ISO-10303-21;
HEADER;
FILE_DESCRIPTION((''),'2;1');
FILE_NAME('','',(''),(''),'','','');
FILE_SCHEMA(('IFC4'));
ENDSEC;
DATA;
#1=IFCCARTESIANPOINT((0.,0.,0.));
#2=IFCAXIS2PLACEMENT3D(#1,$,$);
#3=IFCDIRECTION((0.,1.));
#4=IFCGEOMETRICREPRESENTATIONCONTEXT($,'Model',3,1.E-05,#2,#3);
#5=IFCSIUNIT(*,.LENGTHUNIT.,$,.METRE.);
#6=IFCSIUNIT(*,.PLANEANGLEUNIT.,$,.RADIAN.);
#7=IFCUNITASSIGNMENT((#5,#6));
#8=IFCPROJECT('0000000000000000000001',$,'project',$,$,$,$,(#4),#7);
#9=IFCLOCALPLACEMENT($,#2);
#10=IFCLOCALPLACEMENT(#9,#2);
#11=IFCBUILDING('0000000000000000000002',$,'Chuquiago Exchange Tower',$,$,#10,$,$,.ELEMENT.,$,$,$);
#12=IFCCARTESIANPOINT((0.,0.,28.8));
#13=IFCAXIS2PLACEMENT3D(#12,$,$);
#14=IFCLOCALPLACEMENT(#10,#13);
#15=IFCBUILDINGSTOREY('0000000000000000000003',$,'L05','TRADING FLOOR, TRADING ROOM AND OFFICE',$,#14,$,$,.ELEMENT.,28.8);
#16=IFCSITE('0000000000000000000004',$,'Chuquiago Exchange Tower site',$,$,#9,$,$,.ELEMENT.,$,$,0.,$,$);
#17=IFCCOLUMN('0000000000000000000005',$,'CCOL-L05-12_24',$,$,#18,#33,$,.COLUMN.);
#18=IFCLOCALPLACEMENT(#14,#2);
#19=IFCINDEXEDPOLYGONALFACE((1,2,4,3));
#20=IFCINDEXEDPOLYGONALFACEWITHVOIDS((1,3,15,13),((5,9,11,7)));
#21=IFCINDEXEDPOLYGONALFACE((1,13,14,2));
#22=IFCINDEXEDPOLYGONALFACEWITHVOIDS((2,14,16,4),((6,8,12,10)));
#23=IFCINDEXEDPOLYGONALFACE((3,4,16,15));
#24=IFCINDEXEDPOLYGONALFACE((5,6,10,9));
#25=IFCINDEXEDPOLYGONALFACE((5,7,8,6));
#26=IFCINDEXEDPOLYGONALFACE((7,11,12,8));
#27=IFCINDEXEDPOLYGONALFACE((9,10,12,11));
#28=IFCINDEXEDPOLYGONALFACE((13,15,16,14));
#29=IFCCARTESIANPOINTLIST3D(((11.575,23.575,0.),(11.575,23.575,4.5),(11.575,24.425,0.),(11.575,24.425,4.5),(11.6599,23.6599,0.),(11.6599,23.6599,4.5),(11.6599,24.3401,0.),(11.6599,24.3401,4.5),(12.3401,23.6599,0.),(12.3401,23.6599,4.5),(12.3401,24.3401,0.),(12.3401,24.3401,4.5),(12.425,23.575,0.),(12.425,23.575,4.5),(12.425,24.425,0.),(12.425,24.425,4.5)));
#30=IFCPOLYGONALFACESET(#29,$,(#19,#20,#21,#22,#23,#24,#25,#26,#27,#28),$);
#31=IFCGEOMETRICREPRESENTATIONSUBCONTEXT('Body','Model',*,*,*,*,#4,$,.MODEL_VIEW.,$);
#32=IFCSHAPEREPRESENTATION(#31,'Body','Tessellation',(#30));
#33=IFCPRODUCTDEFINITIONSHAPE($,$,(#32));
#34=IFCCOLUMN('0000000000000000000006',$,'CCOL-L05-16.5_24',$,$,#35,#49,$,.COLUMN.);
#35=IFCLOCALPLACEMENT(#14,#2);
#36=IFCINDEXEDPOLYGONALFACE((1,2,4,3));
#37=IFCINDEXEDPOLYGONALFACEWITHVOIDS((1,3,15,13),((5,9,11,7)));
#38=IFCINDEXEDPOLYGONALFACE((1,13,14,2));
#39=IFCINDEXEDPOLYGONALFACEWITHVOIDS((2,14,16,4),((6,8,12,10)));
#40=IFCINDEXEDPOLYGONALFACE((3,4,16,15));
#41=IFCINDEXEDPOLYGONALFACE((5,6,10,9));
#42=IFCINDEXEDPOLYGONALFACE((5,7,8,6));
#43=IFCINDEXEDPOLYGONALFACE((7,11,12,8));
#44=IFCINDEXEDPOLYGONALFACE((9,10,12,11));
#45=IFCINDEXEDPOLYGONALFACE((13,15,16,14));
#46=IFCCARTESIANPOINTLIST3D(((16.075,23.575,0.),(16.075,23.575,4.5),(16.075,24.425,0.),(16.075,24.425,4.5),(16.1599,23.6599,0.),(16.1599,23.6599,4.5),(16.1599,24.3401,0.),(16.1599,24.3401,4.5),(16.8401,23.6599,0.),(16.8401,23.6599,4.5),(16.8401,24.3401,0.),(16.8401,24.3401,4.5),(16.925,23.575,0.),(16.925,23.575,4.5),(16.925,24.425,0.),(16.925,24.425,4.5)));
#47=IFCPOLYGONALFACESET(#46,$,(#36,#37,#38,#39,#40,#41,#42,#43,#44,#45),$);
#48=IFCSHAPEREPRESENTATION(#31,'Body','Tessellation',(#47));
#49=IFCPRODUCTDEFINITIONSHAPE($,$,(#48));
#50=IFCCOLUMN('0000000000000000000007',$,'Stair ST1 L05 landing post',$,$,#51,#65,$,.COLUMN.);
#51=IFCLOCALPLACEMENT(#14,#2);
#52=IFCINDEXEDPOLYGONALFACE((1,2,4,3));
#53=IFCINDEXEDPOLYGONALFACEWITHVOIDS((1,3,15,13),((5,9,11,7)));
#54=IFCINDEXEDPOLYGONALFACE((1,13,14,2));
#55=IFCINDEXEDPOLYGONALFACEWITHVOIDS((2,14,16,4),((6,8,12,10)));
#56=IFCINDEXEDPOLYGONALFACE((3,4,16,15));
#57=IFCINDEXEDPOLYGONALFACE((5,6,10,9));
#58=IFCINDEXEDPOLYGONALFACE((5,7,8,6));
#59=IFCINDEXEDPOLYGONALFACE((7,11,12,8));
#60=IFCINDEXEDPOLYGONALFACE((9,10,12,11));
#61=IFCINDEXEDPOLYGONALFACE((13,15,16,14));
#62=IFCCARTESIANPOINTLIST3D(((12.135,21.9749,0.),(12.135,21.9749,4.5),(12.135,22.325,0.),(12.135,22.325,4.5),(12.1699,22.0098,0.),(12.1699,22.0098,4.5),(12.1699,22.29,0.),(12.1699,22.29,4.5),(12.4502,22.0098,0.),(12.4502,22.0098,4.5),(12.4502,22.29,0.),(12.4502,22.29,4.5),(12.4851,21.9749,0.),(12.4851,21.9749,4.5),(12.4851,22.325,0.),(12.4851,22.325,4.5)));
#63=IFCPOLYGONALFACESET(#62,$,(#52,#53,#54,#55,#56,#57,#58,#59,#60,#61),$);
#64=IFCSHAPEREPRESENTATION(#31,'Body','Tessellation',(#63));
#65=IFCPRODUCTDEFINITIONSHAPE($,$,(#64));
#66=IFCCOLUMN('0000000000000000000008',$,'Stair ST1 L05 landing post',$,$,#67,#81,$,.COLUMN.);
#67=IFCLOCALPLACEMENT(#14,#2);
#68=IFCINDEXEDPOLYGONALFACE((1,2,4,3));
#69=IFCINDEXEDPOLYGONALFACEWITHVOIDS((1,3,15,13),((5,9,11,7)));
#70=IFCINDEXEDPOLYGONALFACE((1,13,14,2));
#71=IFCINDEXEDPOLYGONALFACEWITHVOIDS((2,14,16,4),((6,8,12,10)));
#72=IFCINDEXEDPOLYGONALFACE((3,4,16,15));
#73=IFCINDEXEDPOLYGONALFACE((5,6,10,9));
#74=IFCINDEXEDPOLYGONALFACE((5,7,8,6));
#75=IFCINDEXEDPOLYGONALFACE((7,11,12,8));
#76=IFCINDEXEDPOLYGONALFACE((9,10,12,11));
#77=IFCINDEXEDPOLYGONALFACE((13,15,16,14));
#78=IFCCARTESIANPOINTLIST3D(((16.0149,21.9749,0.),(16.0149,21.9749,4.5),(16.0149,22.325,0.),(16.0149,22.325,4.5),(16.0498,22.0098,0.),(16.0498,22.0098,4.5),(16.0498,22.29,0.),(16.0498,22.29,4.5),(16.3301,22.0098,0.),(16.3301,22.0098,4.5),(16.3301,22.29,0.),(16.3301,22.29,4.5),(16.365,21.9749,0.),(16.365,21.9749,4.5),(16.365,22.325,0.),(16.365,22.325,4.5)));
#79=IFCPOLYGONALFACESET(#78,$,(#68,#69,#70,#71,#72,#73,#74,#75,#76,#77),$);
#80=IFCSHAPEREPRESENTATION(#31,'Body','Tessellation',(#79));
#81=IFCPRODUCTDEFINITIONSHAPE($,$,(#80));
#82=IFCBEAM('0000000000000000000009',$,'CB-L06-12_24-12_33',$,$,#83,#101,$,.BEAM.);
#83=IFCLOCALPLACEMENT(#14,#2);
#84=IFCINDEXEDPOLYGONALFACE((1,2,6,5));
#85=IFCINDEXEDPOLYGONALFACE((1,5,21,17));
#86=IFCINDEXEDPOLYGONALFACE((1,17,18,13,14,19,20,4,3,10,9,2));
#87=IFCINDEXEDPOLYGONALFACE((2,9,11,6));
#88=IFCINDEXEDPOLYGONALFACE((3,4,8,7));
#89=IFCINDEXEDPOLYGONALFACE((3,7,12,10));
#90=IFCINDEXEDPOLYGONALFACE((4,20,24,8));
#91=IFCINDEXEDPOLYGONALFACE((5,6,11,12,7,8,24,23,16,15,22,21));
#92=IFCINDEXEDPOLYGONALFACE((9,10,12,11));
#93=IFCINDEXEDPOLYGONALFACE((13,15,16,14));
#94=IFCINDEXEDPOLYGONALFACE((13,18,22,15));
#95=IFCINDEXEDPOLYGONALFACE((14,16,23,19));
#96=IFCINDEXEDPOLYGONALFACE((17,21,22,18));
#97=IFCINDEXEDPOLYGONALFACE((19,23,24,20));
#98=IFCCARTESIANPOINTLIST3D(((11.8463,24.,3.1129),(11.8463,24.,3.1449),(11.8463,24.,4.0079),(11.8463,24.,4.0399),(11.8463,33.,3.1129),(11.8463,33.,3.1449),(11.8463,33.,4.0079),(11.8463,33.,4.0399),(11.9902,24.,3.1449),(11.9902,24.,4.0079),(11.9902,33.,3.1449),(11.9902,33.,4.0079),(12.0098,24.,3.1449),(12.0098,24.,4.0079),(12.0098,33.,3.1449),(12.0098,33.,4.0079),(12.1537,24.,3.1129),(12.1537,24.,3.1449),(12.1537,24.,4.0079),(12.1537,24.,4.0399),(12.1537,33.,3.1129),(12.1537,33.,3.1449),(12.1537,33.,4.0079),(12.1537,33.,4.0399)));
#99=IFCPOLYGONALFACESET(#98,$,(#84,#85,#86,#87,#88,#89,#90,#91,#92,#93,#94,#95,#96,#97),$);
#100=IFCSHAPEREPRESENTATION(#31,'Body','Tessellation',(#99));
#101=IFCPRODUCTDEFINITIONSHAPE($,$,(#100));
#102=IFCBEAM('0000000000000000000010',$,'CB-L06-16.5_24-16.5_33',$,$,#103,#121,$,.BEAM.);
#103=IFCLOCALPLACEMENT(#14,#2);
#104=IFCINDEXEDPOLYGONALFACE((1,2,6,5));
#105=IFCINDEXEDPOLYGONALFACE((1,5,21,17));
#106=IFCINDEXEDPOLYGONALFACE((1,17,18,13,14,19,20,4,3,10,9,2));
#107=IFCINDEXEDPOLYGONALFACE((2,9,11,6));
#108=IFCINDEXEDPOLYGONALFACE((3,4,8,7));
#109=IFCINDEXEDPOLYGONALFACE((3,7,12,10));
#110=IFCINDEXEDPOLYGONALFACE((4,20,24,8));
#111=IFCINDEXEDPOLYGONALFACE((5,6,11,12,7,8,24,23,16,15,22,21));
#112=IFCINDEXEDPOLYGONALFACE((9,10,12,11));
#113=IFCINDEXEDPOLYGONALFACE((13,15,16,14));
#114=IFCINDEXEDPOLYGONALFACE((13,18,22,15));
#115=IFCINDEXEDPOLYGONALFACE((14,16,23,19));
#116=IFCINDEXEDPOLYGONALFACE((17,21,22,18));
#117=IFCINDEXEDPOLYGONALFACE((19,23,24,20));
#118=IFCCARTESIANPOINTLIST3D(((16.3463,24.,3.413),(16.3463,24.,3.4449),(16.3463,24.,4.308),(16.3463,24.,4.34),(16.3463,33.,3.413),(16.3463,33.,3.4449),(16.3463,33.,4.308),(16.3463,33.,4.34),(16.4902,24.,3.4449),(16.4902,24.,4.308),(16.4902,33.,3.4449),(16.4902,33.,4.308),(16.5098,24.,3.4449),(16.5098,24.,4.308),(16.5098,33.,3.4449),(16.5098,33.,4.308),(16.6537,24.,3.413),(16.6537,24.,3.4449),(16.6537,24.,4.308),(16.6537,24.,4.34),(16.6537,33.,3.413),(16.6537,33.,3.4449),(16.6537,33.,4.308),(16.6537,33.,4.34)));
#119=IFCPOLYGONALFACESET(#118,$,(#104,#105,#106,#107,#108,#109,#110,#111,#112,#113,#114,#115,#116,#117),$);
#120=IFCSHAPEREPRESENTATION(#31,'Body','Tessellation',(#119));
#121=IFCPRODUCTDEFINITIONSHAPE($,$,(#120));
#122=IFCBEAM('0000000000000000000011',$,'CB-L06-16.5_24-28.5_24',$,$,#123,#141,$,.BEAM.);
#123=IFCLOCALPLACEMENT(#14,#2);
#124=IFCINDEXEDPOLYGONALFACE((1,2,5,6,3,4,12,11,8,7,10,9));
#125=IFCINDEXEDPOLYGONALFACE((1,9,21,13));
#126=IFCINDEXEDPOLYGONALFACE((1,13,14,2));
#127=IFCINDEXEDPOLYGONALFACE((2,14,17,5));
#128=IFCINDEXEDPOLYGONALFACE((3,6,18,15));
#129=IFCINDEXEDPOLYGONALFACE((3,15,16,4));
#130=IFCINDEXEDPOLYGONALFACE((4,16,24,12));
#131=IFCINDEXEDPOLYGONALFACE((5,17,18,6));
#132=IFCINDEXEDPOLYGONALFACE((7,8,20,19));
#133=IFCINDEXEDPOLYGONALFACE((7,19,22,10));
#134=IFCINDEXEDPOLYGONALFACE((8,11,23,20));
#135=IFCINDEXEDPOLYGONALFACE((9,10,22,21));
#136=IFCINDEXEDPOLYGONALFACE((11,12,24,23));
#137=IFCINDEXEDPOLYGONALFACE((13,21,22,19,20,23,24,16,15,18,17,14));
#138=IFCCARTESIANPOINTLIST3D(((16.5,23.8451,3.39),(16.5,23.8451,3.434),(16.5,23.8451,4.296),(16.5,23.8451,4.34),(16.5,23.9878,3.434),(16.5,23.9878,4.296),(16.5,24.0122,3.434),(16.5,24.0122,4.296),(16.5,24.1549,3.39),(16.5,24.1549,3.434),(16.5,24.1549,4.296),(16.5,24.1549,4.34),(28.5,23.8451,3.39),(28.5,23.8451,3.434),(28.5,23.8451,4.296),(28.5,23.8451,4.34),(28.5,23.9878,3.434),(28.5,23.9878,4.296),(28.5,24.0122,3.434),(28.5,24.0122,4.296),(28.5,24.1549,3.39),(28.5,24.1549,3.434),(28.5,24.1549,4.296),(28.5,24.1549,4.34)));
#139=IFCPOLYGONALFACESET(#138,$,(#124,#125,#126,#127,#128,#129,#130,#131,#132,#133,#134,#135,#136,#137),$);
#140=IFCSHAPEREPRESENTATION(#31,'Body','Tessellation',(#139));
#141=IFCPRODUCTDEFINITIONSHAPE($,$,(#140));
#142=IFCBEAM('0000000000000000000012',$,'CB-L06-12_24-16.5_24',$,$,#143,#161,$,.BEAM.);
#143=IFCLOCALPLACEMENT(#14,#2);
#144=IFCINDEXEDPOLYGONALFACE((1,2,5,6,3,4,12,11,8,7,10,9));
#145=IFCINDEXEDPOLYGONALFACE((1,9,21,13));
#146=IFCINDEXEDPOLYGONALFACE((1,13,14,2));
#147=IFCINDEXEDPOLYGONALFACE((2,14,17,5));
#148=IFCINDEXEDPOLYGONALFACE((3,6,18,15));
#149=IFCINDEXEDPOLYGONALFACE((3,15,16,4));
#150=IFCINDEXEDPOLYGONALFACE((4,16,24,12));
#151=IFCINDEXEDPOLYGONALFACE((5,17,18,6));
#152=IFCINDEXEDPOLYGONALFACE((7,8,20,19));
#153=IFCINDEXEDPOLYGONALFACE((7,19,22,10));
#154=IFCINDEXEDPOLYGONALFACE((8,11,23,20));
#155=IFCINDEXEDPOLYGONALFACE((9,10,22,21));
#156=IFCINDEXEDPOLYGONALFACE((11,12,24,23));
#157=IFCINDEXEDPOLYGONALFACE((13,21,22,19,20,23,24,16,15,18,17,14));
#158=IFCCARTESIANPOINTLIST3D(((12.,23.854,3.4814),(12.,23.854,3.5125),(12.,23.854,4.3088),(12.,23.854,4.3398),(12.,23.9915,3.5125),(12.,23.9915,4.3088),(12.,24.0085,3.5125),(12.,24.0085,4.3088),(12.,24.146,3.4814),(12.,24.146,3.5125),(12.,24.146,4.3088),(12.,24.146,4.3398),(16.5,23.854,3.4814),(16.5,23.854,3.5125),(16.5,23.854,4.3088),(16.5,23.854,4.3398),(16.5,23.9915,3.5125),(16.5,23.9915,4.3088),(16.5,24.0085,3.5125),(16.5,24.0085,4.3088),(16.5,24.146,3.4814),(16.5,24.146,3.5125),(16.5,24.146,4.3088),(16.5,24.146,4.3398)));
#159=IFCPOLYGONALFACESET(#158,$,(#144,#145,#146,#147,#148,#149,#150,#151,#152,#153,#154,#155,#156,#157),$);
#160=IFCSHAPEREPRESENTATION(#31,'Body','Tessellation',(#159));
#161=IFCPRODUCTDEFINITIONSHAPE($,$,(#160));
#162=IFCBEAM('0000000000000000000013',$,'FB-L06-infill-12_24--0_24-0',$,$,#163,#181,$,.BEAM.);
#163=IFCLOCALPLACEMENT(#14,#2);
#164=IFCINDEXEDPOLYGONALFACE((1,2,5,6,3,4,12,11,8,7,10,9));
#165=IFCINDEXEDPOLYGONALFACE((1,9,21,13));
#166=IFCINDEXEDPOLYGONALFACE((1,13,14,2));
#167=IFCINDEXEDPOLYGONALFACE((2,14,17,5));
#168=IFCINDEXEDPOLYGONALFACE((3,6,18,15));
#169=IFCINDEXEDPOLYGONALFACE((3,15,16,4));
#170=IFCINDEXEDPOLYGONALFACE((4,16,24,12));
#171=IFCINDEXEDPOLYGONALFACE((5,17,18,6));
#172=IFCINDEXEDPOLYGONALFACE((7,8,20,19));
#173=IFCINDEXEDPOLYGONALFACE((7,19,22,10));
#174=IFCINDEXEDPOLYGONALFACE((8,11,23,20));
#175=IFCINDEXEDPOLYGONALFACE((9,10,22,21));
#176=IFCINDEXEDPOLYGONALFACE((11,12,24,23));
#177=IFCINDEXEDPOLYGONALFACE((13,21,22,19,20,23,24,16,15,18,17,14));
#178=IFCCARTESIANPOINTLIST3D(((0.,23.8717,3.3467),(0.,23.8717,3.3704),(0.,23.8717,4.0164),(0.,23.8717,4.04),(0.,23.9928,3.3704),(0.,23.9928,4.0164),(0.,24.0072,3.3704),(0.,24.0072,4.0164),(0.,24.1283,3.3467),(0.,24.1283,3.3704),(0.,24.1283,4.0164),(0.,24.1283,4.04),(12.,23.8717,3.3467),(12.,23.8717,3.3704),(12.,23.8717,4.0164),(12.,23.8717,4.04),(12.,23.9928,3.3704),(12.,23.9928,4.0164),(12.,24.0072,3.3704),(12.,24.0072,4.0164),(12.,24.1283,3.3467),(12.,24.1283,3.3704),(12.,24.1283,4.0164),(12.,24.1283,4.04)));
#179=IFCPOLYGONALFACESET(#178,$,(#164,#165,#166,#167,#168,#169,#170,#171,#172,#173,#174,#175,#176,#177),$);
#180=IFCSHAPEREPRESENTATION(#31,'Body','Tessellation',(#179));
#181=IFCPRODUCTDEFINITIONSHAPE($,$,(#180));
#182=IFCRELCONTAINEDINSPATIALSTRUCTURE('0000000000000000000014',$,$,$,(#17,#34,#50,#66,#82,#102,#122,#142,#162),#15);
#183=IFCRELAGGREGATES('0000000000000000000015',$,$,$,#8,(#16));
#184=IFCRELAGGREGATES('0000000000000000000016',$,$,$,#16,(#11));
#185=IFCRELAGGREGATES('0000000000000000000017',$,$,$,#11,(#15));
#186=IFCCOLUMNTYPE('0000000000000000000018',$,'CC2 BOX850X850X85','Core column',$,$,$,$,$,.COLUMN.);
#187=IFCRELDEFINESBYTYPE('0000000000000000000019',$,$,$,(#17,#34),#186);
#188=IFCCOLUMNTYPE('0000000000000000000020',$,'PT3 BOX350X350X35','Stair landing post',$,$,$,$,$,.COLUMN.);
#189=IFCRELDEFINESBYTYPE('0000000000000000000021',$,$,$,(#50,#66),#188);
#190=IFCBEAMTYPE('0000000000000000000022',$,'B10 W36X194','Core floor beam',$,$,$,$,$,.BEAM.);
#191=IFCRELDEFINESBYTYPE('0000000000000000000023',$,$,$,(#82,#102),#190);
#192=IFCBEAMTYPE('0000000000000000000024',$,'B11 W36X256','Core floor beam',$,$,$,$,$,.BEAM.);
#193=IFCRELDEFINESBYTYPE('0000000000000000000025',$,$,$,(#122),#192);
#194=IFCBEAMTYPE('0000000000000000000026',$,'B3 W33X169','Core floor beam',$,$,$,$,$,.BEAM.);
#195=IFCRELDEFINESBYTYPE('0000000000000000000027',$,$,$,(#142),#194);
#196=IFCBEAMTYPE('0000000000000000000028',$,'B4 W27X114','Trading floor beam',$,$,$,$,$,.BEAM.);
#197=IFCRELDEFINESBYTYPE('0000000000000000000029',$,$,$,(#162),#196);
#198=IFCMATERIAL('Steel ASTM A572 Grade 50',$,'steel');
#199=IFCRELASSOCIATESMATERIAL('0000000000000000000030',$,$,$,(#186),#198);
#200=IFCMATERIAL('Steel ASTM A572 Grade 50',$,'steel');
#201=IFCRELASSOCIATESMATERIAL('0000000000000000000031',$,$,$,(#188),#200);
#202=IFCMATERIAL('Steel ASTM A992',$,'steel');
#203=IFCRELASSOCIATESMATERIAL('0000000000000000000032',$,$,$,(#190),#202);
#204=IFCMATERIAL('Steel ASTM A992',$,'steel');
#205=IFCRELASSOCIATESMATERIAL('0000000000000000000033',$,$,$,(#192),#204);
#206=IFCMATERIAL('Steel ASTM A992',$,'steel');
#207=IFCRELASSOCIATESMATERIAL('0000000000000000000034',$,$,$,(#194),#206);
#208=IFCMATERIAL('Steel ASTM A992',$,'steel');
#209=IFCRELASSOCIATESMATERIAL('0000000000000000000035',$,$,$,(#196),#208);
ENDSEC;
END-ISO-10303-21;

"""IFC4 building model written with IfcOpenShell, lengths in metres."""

from ifc_helpers import new_model, si_unit, direction, frame, origin, origin_2d, place, context, subcontext, project, spatial, hollow_rectangle, i_section, extrude, material, material_profile, profile_set, type_object, element, save


model = new_model("IFC4")

# Units and contexts
model_context = context("Model", 3, precision=1e-05, world=origin(), true_north=direction((0.0, 1.0)))
body_context = subcontext(model_context, "Body", "Model", "MODEL_VIEW")
ifc_project = project(units=[si_unit("LENGTHUNIT", "METRE"), si_unit("PLANEANGLEUNIT", "RADIAN")], contexts=[model_context])

# Site, building, storey
site_placement = place(None, origin())
site = spatial("IfcSite", under=ifc_project, at=site_placement, Name="Chuquiago Exchange Tower site", CompositionType="ELEMENT", RefElevation=0.0)
building_placement = place(site_placement, origin())
building = spatial("IfcBuilding", under=site, at=building_placement, Name="Chuquiago Exchange Tower", CompositionType="ELEMENT")
storey_placement = place(building_placement, frame((0.0, 0.0, 28.8)))
storey = spatial("IfcBuildingStorey", under=building, at=storey_placement, Name="L05", Description="TRADING FLOOR, TRADING ROOM AND OFFICE", CompositionType="ELEMENT", Elevation=28.8)

# Columns
ifc_material_1 = material(Name="Steel ASTM A572 Grade 50", Category="steel")
ifc_material_profile_1 = material_profile(ifc_material_1, hollow_rectangle(XDim=0.8501, YDim=0.8501, WallThickness=0.085, at=origin_2d()), Name="BOX850X850X85")
ifc_profile_set_1 = profile_set([ifc_material_profile_1], Name="Steel ASTM A572 Grade 50")
column_type_1 = type_object("IfcColumnType", Name="CC2 BOX850X850X85", Description="Core column", PredefinedType="COLUMN", material=ifc_profile_set_1)
for number, where, z_axis, x_axis, name in (
    (1, (12.0, 24.0, 0.0), (0.0, 0.0, 1.0), (1.0, 0.0, 0.0), "CCOL-L05-12_24"),
    (2, (16.5, 24.0, 0.0), (0.0, 0.0, 1.0), (1.0, 0.0, 0.0), "CCOL-L05-16.5_24"),
):
    element("IfcColumn", number, at=place(storey_placement, frame(where, z_axis=z_axis, x_axis=x_axis)), inside=storey, type_object=column_type_1, Name=name, PredefinedType="COLUMN", context=body_context, shape_type="SweptSolid", body=[
        extrude(hollow_rectangle(XDim=0.8501, YDim=0.8501, WallThickness=0.085, at=origin_2d()), origin(), (0.0, 0.0, 1.0), 4.5),
    ])
ifc_material_2 = material(Name="Steel ASTM A572 Grade 50", Category="steel")
ifc_material_profile_2 = material_profile(ifc_material_2, hollow_rectangle(XDim=0.3501, YDim=0.3501, WallThickness=0.0349, at=origin_2d()), Name="BOX350X350X35")
ifc_profile_set_2 = profile_set([ifc_material_profile_2], Name="Steel ASTM A572 Grade 50")
column_type_2 = type_object("IfcColumnType", Name="PT3 BOX350X350X35", Description="Stair landing post", PredefinedType="COLUMN", material=ifc_profile_set_2)
for number, where, z_axis, x_axis, name in (
    (3, (12.3101, 22.1499, 0.0), (0.0, 0.0, 1.0), (1.0, 0.0, 0.0), "Stair ST1 L05 landing post"),
    (4, (16.1899, 22.1499, 0.0), (0.0, 0.0, 1.0), (1.0, 0.0, 0.0), "Stair ST1 L05 landing post"),
):
    element("IfcColumn", number, at=place(storey_placement, frame(where, z_axis=z_axis, x_axis=x_axis)), inside=storey, type_object=column_type_2, Name=name, PredefinedType="COLUMN", context=body_context, shape_type="SweptSolid", body=[
        extrude(hollow_rectangle(XDim=0.3501, YDim=0.3501, WallThickness=0.0349, at=origin_2d()), origin(), (0.0, 0.0, 1.0), 4.5),
    ])

# Beams
ifc_material_3 = material(Name="Steel ASTM A992", Category="steel")
ifc_material_profile_3 = material_profile(ifc_material_3, i_section(OverallWidth=0.3074, OverallDepth=0.927, WebThickness=0.0195, FlangeThickness=0.032, at=origin_2d()), Name="W36X194")
ifc_profile_set_3 = profile_set([ifc_material_profile_3], Name="Steel ASTM A992")
beam_type_1 = type_object("IfcBeamType", Name="B10 W36X194", Description="Core floor beam", PredefinedType="BEAM", material=ifc_profile_set_3)
for number, where, z_axis, x_axis, name in (
    (5, (12.0, 24.0, 3.5764), (0.0, 1.0, 0.0), (-1.0, 0.0, 0.0), "CB-L06-12_24-12_33"),
    (6, (16.5, 24.0, 3.8765), (0.0, 1.0, 0.0), (-1.0, 0.0, 0.0), "CB-L06-16.5_24-16.5_33"),
):
    element("IfcBeam", number, at=place(storey_placement, frame(where, z_axis=z_axis, x_axis=x_axis)), inside=storey, type_object=beam_type_1, Name=name, PredefinedType="BEAM", context=body_context, shape_type="SweptSolid", body=[
        extrude(i_section(OverallWidth=0.3074, OverallDepth=0.927, WebThickness=0.0195, FlangeThickness=0.032, at=origin_2d()), origin(), (0.0, 0.0, 1.0), 9.0),
    ])
ifc_material_4 = material(Name="Steel ASTM A992", Category="steel")
ifc_material_profile_4 = material_profile(ifc_material_4, i_section(OverallWidth=0.3098, OverallDepth=0.95, WebThickness=0.0244, FlangeThickness=0.0439, at=origin_2d()), Name="W36X256")
ifc_profile_set_4 = profile_set([ifc_material_profile_4], Name="Steel ASTM A992")
beam_type_2 = type_object("IfcBeamType", Name="B11 W36X256", Description="Core floor beam", PredefinedType="BEAM", material=ifc_profile_set_4)
beam_1_placement = place(storey_placement, frame((16.5, 24.0, 3.865), z_axis=(1.0, 0.0, 0.0), x_axis=(0.0, 1.0, 0.0)))
element("IfcBeam", 7, at=beam_1_placement, inside=storey, type_object=beam_type_2, Name="CB-L06-16.5_24-28.5_24", PredefinedType="BEAM", context=body_context, shape_type="SweptSolid", body=[
    extrude(i_section(OverallWidth=0.3098, OverallDepth=0.95, WebThickness=0.0244, FlangeThickness=0.0439, at=origin_2d()), origin(), (0.0, 0.0, 1.0), 12.0),
])
ifc_material_5 = material(Name="Steel ASTM A992", Category="steel")
ifc_material_profile_5 = material_profile(ifc_material_5, i_section(OverallWidth=0.292, OverallDepth=0.8584, WebThickness=0.0171, FlangeThickness=0.031, at=origin_2d()), Name="W33X169")
ifc_profile_set_5 = profile_set([ifc_material_profile_5], Name="Steel ASTM A992")
beam_type_3 = type_object("IfcBeamType", Name="B3 W33X169", Description="Core floor beam", PredefinedType="BEAM", material=ifc_profile_set_5)
beam_2_placement = place(storey_placement, frame((12.0, 24.0, 3.9106), z_axis=(1.0, 0.0, 0.0), x_axis=(0.0, 1.0, 0.0)))
element("IfcBeam", 8, at=beam_2_placement, inside=storey, type_object=beam_type_3, Name="CB-L06-12_24-16.5_24", PredefinedType="BEAM", context=body_context, shape_type="SweptSolid", body=[
    extrude(i_section(OverallWidth=0.292, OverallDepth=0.8584, WebThickness=0.0171, FlangeThickness=0.031, at=origin_2d()), origin(), (0.0, 0.0, 1.0), 4.5),
])
ifc_material_6 = material(Name="Steel ASTM A992", Category="steel")
ifc_material_profile_6 = material_profile(ifc_material_6, i_section(OverallWidth=0.2566, OverallDepth=0.6934, WebThickness=0.0144, FlangeThickness=0.0237, at=origin_2d()), Name="W27X114")
ifc_profile_set_6 = profile_set([ifc_material_profile_6], Name="Steel ASTM A992")
beam_type_4 = type_object("IfcBeamType", Name="B4 W27X114", Description="Trading floor beam", PredefinedType="BEAM", material=ifc_profile_set_6)
for number, where, z_axis, x_axis, name in (
    (9, (12.0, 24.0, 3.6934), (-1.0, 0.0, 0.0), (0.0, -1.0, 0.0), "FB-L06-infill-12_24--0_24-0"),
):
    element("IfcBeam", number, at=place(storey_placement, frame(where, z_axis=z_axis, x_axis=x_axis)), inside=storey, type_object=beam_type_4, Name=name, PredefinedType="BEAM", context=body_context, shape_type="SweptSolid", body=[
        extrude(i_section(OverallWidth=0.2566, OverallDepth=0.6934, WebThickness=0.0144, FlangeThickness=0.0237, at=origin_2d()), origin(), (0.0, 0.0, 1.0), 12.0),
    ])

save(model, "model.ifc")
